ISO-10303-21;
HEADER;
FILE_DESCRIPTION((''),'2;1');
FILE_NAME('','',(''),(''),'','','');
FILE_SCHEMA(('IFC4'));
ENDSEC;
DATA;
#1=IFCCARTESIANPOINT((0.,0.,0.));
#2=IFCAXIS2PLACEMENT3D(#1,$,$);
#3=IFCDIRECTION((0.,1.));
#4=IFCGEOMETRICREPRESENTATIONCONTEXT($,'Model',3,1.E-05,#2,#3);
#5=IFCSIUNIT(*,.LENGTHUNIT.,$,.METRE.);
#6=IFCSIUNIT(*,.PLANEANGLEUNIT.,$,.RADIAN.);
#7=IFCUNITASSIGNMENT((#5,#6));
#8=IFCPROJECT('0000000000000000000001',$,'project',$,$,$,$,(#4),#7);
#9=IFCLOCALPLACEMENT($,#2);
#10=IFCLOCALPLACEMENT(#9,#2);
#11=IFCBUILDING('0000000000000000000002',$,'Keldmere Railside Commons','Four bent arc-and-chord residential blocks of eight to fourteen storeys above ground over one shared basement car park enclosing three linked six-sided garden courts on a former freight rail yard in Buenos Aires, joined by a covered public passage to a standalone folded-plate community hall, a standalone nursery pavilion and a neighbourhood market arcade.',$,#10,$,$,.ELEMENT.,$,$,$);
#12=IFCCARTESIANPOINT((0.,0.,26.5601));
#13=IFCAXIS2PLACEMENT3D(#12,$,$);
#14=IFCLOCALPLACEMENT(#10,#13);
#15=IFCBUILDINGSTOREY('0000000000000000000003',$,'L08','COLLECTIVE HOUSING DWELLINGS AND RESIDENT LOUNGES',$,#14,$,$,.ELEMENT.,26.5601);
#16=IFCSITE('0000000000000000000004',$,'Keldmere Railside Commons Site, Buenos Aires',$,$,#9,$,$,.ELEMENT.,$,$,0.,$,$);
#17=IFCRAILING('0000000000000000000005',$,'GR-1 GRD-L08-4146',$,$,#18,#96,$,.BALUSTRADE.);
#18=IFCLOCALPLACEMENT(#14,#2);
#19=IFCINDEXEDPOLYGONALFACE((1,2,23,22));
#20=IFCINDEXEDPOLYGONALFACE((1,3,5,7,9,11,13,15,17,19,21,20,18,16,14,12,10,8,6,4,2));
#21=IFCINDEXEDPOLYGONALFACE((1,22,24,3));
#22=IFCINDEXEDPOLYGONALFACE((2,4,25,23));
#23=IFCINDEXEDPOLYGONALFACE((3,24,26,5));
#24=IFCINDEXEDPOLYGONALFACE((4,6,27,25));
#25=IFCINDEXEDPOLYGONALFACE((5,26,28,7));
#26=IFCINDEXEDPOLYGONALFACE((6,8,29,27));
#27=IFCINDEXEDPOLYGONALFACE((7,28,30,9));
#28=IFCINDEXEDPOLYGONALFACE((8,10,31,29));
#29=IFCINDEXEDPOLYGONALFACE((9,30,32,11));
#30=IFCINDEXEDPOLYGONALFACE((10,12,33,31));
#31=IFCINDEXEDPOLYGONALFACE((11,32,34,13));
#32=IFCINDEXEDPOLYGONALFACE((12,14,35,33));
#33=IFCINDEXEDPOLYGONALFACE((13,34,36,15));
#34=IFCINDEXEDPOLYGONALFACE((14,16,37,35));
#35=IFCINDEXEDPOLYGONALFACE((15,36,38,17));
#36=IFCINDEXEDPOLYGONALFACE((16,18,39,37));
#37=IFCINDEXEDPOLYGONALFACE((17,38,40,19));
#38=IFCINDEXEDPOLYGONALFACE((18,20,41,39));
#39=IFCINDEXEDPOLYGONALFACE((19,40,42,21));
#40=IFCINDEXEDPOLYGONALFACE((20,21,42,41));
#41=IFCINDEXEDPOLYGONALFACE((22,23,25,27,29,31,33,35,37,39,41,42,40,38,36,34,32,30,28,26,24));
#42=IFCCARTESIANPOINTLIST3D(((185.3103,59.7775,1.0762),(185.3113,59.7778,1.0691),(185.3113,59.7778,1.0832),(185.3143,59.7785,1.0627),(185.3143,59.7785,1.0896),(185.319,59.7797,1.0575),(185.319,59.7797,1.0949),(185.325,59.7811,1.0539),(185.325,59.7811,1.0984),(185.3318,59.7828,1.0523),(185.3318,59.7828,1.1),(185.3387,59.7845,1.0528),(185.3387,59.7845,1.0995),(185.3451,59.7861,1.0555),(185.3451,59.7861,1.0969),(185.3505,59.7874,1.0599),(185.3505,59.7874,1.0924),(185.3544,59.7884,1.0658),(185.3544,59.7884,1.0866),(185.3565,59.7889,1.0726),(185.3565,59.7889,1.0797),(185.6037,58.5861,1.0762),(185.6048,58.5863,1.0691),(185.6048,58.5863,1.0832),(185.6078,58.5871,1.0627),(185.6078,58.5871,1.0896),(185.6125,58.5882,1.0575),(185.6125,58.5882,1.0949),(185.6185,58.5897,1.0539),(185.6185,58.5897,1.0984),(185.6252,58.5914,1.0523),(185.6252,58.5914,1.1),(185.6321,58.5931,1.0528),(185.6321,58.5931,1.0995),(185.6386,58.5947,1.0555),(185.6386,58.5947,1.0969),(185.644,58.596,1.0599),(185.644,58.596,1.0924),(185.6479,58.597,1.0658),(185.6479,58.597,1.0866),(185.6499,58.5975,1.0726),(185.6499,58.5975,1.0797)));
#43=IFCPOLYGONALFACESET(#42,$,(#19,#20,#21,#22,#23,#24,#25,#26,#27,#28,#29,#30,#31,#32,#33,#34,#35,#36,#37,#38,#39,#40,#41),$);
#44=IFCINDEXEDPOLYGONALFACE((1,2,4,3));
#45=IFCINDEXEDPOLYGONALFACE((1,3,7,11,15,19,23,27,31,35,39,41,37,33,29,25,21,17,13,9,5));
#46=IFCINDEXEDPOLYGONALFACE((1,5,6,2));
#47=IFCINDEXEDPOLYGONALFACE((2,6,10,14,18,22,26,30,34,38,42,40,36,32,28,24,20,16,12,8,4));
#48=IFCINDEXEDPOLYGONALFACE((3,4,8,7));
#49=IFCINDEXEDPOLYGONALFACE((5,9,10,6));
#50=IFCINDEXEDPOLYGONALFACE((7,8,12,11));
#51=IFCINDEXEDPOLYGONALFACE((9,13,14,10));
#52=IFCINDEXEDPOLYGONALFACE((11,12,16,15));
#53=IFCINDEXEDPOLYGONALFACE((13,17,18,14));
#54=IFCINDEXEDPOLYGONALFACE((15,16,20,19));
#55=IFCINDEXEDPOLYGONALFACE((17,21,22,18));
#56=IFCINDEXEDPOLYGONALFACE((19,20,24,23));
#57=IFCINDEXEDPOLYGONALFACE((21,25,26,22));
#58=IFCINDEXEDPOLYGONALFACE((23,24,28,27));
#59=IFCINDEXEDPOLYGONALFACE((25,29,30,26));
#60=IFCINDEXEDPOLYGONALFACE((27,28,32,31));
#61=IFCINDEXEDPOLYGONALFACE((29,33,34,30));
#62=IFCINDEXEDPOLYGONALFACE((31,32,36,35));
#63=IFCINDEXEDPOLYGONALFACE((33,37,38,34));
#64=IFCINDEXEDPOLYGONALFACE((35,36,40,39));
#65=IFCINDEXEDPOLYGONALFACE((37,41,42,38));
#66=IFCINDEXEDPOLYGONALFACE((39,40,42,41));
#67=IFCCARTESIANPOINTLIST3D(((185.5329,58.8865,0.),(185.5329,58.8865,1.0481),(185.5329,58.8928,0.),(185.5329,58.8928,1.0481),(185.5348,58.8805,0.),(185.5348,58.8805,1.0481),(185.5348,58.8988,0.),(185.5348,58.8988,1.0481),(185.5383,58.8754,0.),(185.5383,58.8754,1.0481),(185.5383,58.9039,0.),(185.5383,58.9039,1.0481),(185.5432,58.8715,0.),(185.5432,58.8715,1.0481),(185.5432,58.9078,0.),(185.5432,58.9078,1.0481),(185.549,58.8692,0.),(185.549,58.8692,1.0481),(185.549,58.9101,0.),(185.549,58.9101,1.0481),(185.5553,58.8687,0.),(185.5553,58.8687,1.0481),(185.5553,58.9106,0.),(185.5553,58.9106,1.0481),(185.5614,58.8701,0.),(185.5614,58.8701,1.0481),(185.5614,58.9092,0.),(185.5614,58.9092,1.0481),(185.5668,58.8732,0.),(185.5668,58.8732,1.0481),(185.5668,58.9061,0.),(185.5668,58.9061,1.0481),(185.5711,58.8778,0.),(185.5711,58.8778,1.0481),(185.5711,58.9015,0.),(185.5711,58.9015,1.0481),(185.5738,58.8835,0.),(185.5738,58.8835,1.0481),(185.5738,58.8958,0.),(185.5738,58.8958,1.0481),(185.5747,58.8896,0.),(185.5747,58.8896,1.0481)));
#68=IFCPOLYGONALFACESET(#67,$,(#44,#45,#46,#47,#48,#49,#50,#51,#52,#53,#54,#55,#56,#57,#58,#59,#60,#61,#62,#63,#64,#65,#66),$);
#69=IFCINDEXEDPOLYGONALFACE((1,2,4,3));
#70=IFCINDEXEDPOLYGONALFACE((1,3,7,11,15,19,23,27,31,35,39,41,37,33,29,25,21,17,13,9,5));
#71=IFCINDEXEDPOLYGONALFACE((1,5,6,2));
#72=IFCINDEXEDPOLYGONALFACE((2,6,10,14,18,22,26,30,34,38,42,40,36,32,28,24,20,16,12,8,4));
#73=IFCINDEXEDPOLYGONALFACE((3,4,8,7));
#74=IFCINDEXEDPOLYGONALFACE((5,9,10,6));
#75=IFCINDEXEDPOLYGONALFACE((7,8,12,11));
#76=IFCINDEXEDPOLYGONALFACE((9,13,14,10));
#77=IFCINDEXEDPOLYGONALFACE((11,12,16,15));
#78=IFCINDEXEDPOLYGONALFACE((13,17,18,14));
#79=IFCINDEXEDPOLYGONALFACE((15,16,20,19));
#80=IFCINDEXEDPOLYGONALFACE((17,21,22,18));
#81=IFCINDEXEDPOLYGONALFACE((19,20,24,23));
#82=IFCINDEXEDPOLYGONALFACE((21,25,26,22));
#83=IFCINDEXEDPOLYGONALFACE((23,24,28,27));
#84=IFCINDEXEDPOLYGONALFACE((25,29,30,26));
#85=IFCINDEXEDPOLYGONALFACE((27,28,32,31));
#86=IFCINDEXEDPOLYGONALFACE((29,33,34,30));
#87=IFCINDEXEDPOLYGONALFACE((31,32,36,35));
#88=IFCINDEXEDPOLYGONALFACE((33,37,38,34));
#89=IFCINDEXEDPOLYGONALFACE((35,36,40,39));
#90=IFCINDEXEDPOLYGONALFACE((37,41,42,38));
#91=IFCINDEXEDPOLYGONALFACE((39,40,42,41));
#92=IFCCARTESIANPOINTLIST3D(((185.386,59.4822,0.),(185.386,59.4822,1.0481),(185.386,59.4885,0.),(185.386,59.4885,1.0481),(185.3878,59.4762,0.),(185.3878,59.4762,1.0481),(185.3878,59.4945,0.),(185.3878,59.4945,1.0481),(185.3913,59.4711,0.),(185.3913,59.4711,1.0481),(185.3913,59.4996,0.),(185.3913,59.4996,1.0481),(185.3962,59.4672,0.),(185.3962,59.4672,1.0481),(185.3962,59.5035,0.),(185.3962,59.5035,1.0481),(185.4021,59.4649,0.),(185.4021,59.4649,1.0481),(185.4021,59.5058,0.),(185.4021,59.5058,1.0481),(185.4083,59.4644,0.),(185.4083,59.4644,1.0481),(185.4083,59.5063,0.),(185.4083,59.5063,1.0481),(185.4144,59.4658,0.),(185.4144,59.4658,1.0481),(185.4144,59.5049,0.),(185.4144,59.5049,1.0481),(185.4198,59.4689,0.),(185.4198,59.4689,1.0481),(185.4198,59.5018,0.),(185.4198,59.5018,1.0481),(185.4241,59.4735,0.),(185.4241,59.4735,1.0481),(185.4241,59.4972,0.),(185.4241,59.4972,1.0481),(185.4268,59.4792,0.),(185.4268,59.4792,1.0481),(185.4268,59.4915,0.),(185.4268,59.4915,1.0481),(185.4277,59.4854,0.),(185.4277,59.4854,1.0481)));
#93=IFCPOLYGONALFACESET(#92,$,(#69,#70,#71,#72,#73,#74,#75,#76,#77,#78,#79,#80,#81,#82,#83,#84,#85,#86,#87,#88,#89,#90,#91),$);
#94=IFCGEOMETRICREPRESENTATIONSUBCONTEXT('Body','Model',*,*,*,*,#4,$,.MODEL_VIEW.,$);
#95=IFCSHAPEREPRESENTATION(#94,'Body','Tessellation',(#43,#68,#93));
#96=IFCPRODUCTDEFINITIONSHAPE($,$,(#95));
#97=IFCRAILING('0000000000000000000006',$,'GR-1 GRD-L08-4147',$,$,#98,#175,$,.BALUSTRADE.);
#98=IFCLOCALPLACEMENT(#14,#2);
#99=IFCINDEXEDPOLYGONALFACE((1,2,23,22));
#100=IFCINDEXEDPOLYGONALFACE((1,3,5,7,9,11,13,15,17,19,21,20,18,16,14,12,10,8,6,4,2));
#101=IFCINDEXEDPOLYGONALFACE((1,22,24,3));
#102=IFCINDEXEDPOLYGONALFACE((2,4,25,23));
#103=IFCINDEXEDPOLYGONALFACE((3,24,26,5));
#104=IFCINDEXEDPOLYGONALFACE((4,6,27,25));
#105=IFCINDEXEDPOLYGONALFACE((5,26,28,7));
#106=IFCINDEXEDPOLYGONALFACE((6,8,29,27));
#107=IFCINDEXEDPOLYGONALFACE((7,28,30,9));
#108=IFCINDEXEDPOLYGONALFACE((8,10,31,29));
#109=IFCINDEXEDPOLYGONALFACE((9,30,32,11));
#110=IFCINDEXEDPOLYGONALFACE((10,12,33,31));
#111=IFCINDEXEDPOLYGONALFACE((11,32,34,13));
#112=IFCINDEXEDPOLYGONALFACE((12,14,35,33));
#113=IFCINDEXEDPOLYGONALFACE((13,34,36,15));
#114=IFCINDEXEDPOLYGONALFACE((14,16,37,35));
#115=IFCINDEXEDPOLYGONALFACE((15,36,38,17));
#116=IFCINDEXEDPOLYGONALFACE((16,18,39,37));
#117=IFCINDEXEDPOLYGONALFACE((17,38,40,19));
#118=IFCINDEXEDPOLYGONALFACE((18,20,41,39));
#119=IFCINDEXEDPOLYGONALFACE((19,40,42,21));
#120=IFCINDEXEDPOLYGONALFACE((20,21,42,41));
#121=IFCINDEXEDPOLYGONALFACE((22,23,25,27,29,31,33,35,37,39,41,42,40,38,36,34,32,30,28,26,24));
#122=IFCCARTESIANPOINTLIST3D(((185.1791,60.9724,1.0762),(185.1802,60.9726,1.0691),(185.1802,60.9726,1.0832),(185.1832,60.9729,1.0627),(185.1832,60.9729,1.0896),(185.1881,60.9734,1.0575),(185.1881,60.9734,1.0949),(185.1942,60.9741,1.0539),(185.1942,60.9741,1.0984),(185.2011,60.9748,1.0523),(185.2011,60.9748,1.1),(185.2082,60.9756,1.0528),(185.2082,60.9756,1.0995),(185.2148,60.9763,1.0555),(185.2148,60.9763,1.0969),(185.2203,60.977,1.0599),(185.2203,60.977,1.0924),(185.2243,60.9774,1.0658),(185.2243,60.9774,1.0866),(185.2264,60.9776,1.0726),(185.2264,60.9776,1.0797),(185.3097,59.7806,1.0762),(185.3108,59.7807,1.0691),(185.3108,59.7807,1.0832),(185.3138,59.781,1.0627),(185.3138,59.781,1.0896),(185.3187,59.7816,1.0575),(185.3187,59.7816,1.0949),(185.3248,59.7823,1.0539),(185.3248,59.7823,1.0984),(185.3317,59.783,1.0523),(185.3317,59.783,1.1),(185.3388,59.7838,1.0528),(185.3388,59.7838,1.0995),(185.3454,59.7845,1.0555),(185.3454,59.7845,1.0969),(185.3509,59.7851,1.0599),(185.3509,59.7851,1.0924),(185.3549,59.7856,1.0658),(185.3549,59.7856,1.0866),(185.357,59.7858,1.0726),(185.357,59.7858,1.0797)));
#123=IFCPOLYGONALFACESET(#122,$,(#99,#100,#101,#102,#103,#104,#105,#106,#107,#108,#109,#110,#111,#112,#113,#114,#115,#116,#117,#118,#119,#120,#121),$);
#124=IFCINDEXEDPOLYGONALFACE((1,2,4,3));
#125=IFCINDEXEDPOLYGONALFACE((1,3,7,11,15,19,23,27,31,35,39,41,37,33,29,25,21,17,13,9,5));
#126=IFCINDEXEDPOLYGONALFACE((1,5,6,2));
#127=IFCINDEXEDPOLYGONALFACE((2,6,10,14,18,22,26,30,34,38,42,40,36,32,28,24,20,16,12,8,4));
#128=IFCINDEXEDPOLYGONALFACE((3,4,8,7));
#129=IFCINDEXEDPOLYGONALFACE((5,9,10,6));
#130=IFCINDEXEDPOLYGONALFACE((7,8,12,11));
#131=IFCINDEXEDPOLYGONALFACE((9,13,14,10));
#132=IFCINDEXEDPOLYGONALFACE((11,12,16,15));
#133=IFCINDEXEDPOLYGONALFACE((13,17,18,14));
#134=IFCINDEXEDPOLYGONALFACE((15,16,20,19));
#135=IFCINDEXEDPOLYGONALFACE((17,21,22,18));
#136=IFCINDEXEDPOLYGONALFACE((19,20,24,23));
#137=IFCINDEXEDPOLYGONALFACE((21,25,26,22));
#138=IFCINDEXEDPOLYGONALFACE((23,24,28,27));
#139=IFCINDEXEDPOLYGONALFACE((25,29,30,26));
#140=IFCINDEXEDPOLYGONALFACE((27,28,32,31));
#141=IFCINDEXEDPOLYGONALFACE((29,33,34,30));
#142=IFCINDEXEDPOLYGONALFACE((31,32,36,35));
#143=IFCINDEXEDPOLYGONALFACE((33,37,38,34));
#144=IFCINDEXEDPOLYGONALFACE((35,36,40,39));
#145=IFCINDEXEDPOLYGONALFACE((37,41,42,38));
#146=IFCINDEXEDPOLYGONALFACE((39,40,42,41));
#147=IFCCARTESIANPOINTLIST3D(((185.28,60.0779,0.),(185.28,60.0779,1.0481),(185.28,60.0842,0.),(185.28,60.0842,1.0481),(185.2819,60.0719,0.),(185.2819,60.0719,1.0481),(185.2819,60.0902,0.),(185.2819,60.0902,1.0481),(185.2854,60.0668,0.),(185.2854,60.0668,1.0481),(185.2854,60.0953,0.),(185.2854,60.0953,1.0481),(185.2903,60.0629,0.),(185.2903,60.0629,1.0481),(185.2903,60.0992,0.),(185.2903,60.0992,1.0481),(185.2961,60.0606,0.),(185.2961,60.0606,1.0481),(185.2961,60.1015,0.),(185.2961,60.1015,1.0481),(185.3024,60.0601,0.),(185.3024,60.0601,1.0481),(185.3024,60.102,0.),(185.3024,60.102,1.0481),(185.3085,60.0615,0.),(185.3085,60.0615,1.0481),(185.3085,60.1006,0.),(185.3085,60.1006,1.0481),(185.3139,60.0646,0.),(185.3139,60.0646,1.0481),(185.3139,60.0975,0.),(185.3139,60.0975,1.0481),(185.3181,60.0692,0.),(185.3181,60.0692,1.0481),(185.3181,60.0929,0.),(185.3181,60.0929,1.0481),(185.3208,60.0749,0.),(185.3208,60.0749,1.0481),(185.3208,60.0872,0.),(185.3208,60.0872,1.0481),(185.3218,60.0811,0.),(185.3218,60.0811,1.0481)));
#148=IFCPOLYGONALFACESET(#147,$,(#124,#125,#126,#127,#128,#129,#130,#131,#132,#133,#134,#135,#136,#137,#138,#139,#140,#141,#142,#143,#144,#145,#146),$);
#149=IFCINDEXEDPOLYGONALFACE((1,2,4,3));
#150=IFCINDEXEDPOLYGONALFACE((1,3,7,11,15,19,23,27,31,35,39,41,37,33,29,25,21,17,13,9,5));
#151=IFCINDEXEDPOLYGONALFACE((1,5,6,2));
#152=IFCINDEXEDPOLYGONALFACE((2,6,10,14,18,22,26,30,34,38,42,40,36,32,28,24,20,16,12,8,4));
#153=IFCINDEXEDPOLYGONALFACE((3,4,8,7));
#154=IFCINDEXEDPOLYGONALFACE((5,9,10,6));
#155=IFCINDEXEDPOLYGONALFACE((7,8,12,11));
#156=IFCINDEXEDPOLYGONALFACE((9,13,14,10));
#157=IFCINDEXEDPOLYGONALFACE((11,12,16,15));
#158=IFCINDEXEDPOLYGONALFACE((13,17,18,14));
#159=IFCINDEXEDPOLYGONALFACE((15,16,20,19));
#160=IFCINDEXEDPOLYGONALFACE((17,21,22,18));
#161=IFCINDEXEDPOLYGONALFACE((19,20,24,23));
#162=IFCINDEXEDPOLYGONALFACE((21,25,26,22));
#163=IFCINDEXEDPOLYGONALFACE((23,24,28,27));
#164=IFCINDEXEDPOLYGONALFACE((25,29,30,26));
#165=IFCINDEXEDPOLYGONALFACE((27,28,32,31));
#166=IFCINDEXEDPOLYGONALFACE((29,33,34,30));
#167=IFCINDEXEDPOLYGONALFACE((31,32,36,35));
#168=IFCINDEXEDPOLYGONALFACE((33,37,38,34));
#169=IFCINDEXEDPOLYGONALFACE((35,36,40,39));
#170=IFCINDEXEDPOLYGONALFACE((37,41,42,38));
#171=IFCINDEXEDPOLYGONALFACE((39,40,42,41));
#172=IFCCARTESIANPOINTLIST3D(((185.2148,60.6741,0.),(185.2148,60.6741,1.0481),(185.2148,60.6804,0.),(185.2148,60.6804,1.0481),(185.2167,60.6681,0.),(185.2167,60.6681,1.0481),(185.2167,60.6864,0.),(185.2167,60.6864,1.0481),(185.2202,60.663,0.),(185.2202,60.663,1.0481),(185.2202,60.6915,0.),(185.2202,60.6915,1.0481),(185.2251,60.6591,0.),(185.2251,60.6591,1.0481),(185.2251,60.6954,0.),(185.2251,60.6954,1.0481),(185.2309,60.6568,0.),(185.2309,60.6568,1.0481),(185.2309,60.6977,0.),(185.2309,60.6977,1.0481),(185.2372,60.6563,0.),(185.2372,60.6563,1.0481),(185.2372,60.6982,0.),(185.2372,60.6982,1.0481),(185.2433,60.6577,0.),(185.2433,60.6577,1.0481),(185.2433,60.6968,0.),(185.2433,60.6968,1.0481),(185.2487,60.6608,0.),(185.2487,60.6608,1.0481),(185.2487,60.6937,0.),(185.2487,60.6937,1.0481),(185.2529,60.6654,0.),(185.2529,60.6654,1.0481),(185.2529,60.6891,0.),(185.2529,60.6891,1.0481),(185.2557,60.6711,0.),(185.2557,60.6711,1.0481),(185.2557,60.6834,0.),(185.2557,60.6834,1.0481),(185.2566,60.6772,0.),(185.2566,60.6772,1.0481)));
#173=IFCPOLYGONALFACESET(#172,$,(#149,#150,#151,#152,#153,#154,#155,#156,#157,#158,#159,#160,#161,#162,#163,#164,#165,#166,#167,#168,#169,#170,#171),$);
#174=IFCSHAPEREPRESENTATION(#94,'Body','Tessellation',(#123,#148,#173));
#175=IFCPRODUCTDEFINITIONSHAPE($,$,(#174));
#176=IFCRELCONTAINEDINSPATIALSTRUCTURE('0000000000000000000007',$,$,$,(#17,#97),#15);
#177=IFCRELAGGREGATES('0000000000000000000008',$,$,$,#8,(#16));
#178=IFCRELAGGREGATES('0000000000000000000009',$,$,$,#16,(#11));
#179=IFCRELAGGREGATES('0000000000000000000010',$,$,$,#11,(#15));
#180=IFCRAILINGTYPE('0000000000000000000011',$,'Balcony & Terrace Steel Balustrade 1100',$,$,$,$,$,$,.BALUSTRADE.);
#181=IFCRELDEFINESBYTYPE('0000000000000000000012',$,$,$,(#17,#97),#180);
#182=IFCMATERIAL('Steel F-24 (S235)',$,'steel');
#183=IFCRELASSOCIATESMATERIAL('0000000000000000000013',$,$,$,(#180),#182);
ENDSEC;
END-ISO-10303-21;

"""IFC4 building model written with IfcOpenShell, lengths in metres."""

from ifc_helpers import new_model, si_unit, direction, frame, origin, origin_2d, place, context, subcontext, project, spatial, circle, extrude, material, type_object, element, save


model = new_model("IFC4")

# Units and contexts
model_context = context("Model", 3, precision=1e-05, world=origin(), true_north=direction((0.0, 1.0)))
body_context = subcontext(model_context, "Body", "Model", "MODEL_VIEW")
ifc_project = project(units=[si_unit("LENGTHUNIT", "METRE"), si_unit("PLANEANGLEUNIT", "RADIAN")], contexts=[model_context])

# Site, building, storey
site_placement = place(None, origin())
site = spatial("IfcSite", under=ifc_project, at=site_placement, Name="Keldmere Railside Commons Site, Buenos Aires", CompositionType="ELEMENT", RefElevation=0.0)
building_placement = place(site_placement, origin())
building = spatial("IfcBuilding", under=site, at=building_placement, Name="Keldmere Railside Commons", Description="Four bent arc-and-chord residential blocks of eight to fourteen storeys above ground over one shared basement car park enclosing three linked six-sided garden courts on a former freight rail yard in Buenos Aires, joined by a covered public passage to a standalone folded-plate community hall, a standalone nursery pavilion and a neighbourhood market arcade.", CompositionType="ELEMENT")
storey_placement = place(building_placement, frame((0.0, 0.0, 26.5601)))
storey = spatial("IfcBuildingStorey", under=building, at=storey_placement, Name="L08", Description="COLLECTIVE HOUSING DWELLINGS AND RESIDENT LOUNGES", CompositionType="ELEMENT", Elevation=26.5601)

# Railings
ifc_material_1 = material(Name="Steel F-24 (S235)", Category="steel")
railing_type = type_object("IfcRailingType", Name="Balcony & Terrace Steel Balustrade 1100", PredefinedType="BALUSTRADE", material=ifc_material_1)
railing_1_placement = place(storey_placement, frame((185.627, 58.5918, 0.0)))
element("IfcRailing", 1, at=railing_1_placement, inside=storey, type_object=railing_type, Name="GR-1 GRD-L08-4146", PredefinedType="BALUSTRADE", context=body_context, shape_type="SweptSolid", body=[
    extrude(circle(Radius=0.0239, at=origin_2d()), frame((0.0, 0.0, 1.0762), z_axis=(-0.239163, 0.970979, 0.0), x_axis=(-0.970979, -0.239163, 0.0)), (0.0, 0.0, 1.0), 1.2271),
    extrude(circle(Radius=0.021, at=origin_2d()), frame((-0.0732, 0.2979, 0.0)), (0.0, 0.0, 1.0), 1.0481),
    extrude(circle(Radius=0.021, at=origin_2d()), frame((-0.2202, 0.8936, 0.0)), (0.0, 0.0, 1.0), 1.0481),
])
railing_2_placement = place(storey_placement, frame((185.3335, 59.7832, 0.0)))
element("IfcRailing", 2, at=railing_2_placement, inside=storey, type_object=railing_type, Name="GR-1 GRD-L08-4147", PredefinedType="BALUSTRADE", context=body_context, shape_type="SweptSolid", body=[
    extrude(circle(Radius=0.0239, at=origin_2d()), frame((0.0, 0.0, 1.0762), z_axis=(-0.108934, 0.994049, 0.0), x_axis=(-0.994049, -0.108934, 0.0)), (0.0, 0.0, 1.0), 1.199),
    extrude(circle(Radius=0.021, at=origin_2d()), frame((-0.0327, 0.2979, 0.0)), (0.0, 0.0, 1.0), 1.0481),
    extrude(circle(Radius=0.021, at=origin_2d()), frame((-0.0979, 0.894, 0.0)), (0.0, 0.0, 1.0), 1.0481),
])

save(model, "model.ifc")
